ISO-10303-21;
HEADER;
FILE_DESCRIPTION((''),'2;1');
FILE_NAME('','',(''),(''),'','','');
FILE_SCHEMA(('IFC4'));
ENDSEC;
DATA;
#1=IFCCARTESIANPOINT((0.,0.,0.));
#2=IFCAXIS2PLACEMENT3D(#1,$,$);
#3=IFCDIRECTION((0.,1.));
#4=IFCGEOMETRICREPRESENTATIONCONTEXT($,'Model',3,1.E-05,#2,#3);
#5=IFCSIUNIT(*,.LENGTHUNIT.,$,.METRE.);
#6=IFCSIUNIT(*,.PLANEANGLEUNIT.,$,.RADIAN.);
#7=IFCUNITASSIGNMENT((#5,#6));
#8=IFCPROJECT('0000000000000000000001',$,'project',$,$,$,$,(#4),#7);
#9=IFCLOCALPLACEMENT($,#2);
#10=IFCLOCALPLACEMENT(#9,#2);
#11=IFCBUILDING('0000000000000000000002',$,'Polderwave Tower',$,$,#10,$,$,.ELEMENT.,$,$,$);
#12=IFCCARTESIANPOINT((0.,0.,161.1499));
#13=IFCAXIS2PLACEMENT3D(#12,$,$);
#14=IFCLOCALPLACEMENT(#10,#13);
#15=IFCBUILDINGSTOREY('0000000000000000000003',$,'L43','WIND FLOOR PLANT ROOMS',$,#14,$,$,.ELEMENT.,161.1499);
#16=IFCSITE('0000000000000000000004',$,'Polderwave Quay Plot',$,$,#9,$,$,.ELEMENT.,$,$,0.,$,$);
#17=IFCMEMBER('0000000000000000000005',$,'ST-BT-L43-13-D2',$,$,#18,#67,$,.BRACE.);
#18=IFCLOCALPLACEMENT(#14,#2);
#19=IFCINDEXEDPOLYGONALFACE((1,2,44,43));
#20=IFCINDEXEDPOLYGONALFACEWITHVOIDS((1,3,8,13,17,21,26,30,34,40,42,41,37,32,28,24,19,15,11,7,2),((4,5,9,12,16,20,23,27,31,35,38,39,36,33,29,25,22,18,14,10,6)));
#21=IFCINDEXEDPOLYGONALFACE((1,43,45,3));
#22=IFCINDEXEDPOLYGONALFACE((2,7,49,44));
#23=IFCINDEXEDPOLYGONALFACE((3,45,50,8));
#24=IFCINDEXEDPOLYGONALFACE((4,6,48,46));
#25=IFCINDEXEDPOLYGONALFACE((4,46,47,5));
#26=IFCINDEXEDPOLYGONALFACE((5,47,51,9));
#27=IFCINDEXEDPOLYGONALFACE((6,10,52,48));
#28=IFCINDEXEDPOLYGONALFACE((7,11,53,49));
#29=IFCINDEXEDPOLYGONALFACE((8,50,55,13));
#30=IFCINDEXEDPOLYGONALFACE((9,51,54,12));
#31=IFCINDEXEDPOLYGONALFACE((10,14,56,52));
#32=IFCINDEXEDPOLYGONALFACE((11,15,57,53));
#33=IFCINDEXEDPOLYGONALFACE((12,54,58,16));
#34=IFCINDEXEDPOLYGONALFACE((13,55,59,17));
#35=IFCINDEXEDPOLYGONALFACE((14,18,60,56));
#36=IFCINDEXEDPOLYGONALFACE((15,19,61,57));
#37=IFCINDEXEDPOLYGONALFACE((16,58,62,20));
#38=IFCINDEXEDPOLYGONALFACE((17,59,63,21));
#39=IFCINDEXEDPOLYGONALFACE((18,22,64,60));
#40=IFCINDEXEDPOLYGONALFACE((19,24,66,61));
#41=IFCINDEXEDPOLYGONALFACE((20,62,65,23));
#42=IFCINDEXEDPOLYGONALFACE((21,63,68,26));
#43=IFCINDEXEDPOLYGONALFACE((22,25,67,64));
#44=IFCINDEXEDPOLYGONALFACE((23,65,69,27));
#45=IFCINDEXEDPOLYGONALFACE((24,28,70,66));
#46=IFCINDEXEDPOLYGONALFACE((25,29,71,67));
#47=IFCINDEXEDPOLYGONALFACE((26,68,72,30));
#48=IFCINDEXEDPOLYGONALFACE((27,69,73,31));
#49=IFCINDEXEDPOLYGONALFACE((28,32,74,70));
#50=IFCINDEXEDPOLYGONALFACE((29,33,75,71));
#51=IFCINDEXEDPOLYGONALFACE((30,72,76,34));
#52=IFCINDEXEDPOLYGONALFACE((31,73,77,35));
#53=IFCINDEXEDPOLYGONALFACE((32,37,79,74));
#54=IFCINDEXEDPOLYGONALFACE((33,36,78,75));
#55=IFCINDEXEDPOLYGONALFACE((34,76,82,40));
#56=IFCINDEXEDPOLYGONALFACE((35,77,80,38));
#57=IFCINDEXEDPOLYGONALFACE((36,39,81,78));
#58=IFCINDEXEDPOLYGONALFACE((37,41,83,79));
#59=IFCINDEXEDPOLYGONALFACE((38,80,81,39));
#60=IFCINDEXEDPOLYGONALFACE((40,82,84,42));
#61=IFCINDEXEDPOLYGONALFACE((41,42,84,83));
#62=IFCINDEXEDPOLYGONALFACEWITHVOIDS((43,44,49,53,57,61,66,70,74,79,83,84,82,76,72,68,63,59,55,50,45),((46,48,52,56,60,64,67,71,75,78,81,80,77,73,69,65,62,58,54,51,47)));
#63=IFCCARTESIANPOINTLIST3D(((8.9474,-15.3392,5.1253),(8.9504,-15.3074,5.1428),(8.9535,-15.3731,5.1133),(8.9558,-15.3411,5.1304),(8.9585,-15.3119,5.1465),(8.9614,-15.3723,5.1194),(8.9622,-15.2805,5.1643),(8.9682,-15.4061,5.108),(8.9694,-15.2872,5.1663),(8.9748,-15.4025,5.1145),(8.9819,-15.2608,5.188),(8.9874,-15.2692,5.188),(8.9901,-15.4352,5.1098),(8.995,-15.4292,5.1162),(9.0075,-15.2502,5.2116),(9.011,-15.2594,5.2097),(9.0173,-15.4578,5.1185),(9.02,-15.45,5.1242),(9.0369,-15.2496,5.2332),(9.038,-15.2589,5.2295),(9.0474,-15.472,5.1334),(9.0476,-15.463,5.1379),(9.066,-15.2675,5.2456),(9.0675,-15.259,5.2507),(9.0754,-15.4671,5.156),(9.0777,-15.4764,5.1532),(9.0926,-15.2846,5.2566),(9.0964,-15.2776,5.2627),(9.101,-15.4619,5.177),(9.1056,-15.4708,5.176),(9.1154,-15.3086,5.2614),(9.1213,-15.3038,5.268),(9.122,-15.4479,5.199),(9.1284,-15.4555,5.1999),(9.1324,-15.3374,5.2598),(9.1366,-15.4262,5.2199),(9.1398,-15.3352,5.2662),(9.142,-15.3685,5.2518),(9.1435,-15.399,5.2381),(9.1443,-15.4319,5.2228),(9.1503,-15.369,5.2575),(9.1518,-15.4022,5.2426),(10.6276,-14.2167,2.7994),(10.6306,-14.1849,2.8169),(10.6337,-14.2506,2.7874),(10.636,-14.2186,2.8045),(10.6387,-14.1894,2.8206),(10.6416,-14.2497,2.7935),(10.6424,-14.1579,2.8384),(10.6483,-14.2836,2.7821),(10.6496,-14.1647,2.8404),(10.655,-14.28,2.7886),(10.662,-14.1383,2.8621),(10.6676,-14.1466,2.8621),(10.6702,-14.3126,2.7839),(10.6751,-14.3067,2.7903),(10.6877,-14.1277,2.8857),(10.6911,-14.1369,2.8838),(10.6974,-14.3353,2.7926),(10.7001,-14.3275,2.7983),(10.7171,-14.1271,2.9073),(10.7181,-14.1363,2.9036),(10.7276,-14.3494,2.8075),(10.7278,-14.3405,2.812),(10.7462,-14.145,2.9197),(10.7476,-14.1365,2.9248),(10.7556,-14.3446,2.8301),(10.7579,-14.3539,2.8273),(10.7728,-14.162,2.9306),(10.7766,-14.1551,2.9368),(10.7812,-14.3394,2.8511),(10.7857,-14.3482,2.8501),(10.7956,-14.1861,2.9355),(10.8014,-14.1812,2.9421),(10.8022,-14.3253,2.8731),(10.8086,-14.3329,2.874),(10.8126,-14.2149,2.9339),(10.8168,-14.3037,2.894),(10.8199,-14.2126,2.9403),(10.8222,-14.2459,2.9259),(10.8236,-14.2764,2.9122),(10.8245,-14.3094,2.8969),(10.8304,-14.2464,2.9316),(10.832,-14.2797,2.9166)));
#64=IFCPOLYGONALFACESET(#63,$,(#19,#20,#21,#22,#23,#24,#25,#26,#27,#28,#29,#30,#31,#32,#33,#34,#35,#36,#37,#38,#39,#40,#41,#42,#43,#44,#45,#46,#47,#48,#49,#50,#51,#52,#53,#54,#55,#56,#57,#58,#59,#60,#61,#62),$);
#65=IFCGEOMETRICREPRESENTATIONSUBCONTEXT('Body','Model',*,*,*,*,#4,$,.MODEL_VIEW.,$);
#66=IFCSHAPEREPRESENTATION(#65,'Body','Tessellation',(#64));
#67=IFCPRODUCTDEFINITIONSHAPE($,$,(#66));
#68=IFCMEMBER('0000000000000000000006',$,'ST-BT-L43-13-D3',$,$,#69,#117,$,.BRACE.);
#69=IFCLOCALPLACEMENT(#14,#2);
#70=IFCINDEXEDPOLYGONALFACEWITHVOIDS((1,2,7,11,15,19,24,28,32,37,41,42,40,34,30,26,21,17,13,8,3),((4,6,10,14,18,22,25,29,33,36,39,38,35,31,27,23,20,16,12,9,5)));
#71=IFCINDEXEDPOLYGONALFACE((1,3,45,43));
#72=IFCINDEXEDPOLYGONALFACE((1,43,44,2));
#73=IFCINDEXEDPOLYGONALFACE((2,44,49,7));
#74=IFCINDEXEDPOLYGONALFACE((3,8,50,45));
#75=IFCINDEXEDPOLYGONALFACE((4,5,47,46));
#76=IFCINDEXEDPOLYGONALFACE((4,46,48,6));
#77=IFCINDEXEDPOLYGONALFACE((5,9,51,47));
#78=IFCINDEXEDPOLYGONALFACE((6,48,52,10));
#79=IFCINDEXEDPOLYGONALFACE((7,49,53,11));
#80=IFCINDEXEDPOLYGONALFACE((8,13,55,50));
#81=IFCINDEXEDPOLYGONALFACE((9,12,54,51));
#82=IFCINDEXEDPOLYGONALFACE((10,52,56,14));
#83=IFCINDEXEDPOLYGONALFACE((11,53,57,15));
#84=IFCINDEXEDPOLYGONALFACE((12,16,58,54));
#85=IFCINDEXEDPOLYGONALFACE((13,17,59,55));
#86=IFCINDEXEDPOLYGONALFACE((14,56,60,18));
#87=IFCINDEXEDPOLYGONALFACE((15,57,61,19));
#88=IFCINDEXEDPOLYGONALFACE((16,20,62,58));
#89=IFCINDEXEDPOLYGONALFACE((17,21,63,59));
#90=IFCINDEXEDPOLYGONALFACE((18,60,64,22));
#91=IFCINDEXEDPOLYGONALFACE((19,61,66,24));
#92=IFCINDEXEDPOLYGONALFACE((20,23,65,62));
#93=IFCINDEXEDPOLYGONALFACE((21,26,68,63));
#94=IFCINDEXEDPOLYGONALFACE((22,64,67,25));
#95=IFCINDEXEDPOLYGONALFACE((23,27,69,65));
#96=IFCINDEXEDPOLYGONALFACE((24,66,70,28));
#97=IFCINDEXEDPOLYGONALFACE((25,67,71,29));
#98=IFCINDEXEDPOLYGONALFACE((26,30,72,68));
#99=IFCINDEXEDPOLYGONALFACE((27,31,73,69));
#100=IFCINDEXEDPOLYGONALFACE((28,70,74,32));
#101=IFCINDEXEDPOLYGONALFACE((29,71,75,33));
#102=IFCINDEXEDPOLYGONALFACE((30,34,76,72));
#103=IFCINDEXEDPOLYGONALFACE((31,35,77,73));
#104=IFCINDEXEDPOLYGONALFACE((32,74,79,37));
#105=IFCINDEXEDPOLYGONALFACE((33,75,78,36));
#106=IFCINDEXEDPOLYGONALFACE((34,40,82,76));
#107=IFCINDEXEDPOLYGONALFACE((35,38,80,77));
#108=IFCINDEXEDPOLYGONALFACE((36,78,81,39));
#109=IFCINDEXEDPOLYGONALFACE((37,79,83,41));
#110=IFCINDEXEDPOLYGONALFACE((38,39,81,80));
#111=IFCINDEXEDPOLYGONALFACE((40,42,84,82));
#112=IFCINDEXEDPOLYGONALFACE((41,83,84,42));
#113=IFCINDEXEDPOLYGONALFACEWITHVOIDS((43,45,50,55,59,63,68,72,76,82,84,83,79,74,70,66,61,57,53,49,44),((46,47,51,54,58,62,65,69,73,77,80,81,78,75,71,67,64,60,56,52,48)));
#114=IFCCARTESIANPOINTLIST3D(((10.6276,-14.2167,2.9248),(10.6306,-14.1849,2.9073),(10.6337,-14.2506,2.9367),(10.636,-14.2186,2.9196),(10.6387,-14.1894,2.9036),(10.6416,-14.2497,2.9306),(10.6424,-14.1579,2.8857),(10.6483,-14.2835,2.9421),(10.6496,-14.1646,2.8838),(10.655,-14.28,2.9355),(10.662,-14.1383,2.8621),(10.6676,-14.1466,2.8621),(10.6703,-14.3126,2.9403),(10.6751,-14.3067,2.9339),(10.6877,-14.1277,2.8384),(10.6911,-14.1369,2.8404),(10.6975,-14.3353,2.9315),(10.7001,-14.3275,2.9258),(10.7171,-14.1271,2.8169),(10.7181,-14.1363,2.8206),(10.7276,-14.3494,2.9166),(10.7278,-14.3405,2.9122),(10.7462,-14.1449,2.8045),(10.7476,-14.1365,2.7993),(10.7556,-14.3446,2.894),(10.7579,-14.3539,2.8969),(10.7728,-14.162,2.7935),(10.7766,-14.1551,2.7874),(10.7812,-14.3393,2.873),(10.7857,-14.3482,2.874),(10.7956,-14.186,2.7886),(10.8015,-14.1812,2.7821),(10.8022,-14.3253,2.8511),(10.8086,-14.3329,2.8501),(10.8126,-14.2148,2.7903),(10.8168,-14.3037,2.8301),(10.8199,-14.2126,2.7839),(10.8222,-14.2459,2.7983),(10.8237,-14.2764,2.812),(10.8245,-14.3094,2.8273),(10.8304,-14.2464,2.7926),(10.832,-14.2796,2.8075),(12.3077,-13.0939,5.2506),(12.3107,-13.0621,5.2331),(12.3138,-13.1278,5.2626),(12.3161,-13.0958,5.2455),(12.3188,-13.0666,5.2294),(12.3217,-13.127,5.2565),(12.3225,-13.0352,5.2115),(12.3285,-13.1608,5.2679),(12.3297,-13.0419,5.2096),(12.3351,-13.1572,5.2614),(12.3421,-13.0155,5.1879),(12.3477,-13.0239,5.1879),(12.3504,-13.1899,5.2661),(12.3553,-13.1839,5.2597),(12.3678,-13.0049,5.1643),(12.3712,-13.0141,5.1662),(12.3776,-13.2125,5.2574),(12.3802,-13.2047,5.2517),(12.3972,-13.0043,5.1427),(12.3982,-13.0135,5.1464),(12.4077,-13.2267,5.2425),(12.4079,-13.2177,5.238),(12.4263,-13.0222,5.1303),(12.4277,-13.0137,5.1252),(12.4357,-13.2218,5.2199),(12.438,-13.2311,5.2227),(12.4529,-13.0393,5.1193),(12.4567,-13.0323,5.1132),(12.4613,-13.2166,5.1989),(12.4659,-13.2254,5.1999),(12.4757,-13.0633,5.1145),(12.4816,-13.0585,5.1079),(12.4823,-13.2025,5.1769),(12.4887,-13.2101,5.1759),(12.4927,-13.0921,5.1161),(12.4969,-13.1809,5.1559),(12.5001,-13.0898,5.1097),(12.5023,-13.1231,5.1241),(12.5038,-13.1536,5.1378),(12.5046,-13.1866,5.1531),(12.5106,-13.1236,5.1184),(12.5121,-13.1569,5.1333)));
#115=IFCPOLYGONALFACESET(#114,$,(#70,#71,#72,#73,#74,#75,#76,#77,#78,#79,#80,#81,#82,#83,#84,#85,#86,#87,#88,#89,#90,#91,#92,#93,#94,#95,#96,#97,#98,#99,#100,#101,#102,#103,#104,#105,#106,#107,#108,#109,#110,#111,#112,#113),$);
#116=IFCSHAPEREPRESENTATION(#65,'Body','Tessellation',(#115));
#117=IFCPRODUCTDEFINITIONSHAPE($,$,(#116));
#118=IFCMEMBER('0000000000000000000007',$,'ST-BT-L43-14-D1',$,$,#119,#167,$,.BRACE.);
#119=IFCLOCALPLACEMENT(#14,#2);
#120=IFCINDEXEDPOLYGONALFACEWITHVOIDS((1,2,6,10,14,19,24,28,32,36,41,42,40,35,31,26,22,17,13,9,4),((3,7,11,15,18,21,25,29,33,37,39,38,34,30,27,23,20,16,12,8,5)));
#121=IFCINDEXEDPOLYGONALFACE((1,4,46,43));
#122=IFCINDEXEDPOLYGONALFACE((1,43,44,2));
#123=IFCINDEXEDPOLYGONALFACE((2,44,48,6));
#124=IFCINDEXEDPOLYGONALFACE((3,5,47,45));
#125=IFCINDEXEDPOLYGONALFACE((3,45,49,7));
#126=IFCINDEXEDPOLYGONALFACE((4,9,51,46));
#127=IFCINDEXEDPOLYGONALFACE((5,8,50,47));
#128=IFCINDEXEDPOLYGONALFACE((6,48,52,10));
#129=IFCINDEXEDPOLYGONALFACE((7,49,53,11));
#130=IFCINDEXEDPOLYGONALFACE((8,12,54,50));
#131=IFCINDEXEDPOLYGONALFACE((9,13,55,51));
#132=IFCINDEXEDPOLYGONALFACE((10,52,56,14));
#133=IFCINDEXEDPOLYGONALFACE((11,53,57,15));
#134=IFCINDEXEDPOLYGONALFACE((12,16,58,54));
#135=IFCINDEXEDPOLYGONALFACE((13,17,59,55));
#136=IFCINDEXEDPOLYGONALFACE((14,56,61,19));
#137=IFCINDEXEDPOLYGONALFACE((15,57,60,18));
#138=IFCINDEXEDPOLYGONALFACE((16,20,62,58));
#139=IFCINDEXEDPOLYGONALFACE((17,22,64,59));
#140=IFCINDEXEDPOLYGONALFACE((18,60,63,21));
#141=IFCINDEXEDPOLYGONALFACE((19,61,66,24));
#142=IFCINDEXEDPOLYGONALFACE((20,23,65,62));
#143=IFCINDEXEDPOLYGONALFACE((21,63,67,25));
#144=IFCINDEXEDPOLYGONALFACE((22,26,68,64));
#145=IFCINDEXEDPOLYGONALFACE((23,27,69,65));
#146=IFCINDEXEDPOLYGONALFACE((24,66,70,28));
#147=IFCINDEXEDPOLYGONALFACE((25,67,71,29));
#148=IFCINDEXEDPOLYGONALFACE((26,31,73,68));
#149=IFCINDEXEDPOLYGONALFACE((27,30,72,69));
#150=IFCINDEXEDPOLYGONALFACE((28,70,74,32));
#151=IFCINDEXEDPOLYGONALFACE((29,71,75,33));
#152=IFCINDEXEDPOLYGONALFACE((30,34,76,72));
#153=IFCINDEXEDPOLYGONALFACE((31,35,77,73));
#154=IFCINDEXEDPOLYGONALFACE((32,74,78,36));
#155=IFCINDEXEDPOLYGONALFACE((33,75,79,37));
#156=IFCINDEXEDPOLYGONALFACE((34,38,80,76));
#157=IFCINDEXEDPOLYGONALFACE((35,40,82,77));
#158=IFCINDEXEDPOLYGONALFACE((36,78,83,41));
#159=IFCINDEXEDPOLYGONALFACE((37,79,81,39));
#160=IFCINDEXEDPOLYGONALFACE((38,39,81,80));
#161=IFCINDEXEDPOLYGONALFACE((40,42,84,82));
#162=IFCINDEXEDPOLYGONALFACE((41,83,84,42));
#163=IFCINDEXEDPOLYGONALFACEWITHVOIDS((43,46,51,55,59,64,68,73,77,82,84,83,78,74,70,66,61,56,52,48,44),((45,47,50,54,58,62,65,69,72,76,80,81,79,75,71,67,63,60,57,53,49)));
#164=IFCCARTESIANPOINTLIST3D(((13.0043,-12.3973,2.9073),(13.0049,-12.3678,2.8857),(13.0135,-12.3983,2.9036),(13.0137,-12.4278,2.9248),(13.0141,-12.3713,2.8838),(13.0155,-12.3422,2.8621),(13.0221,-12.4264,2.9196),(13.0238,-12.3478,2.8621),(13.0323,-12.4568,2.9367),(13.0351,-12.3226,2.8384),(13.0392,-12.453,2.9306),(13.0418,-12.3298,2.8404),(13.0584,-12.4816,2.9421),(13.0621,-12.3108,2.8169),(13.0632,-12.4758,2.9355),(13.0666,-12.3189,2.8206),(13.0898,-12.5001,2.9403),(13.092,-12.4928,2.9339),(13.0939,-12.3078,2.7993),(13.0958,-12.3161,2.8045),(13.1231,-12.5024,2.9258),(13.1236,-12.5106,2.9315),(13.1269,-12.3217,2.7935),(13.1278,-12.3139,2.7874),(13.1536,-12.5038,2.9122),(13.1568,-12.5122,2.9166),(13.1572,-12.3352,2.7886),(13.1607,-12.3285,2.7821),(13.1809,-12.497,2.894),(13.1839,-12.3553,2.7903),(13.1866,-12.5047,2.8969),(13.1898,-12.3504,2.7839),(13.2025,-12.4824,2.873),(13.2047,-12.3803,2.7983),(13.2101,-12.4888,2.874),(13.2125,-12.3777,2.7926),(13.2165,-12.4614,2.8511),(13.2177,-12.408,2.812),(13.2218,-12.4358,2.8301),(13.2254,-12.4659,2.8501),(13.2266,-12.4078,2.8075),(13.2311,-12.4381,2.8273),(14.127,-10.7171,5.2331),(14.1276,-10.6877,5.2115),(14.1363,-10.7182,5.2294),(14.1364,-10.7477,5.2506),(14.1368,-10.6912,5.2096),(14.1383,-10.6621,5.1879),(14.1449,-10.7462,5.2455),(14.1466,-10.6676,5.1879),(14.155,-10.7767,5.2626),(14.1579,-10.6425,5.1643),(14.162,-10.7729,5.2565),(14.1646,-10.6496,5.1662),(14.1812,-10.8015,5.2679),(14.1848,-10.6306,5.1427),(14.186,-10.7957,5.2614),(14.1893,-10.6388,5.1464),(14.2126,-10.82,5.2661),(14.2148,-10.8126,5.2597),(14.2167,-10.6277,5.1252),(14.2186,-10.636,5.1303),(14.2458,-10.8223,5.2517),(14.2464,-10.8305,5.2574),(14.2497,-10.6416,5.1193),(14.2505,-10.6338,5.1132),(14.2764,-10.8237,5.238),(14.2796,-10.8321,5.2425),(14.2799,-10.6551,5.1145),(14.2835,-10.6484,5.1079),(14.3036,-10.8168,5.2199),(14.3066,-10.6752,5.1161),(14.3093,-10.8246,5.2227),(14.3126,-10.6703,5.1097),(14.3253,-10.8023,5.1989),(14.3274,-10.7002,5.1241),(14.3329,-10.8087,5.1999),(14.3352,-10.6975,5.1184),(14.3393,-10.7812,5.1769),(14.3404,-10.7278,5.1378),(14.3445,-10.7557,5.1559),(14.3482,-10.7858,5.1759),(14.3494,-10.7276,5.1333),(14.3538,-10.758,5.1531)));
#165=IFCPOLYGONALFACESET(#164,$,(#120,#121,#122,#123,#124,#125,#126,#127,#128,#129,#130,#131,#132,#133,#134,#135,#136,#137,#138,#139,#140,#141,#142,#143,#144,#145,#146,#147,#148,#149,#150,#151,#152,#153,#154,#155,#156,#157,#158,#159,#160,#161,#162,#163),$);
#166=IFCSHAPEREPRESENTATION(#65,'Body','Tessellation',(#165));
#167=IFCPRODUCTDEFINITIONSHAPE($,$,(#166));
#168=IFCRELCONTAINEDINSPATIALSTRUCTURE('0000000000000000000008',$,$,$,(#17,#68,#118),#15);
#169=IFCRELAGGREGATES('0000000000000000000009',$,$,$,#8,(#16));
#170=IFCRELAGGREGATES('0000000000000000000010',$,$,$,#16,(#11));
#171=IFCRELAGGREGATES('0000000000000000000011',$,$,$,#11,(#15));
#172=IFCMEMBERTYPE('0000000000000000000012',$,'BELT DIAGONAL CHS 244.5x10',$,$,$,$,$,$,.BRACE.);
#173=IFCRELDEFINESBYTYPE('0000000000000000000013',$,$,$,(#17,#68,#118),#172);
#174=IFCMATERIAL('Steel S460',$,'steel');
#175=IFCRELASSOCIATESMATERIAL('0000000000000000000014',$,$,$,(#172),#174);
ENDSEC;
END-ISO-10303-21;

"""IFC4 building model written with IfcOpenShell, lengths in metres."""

from ifc_helpers import new_model, si_unit, direction, frame, origin, origin_2d, place, context, subcontext, project, spatial, hollow_circle, extrude, material, material_profile, profile_set, type_object, element, save


model = new_model("IFC4")

# Units and contexts
model_context = context("Model", 3, precision=1e-05, world=origin(), true_north=direction((0.0, 1.0)))
body_context = subcontext(model_context, "Body", "Model", "MODEL_VIEW")
ifc_project = project(units=[si_unit("LENGTHUNIT", "METRE"), si_unit("PLANEANGLEUNIT", "RADIAN")], contexts=[model_context])

# Site, building, storey
site_placement = place(None, origin())
site = spatial("IfcSite", under=ifc_project, at=site_placement, Name="Polderwave Quay Plot", CompositionType="ELEMENT", RefElevation=0.0)
building_placement = place(site_placement, origin())
building = spatial("IfcBuilding", under=site, at=building_placement, Name="Polderwave Tower", CompositionType="ELEMENT")
storey_placement = place(building_placement, frame((0.0, 0.0, 161.1499)))
storey = spatial("IfcBuildingStorey", under=building, at=storey_placement, Name="L43", Description="WIND FLOOR PLANT ROOMS", CompositionType="ELEMENT", Elevation=161.1499)

# Members
ifc_material_1 = material(Name="Steel S460", Category="steel")
ifc_material_profile_1 = material_profile(ifc_material_1, hollow_circle(Radius=0.1223, WallThickness=0.01, at=origin_2d()), Name="CHS 244.5x10")
ifc_profile_set_1 = profile_set([ifc_material_profile_1], Name="Steel S460")
member_type_1 = type_object("IfcMemberType", Name="BELT DIAGONAL CHS 244.5x10", PredefinedType="BRACE", material=ifc_profile_set_1)
for number, where, z_axis, x_axis, name in (
    (1, (9.0498, -15.3625, 5.188), (0.54532, 0.364339, -0.754906), (-0.555536, 0.831492, 0.0), "ST-BT-L43-13-D2"),
    (2, (10.73, -14.24, 2.8621), (0.545304, 0.364408, 0.754884), (-0.55562, 0.831436, 0.0), "ST-BT-L43-13-D3"),
    (3, (13.1172, -12.4102, 2.8621), (0.364408, 0.545304, 0.754884), (-0.831436, 0.55562, 0.0), "ST-BT-L43-14-D1"),
):
    element("IfcMember", number, at=place(storey_placement, frame(where, z_axis=z_axis, x_axis=x_axis)), inside=storey, type_object=member_type_1, Name=name, PredefinedType="BRACE", context=body_context, shape_type="SweptSolid", body=[
        extrude(hollow_circle(Radius=0.1223, WallThickness=0.01, at=origin_2d()), origin(), (0.0, 0.0, 1.0), 3.0811),
    ])

save(model, "model.ifc")
